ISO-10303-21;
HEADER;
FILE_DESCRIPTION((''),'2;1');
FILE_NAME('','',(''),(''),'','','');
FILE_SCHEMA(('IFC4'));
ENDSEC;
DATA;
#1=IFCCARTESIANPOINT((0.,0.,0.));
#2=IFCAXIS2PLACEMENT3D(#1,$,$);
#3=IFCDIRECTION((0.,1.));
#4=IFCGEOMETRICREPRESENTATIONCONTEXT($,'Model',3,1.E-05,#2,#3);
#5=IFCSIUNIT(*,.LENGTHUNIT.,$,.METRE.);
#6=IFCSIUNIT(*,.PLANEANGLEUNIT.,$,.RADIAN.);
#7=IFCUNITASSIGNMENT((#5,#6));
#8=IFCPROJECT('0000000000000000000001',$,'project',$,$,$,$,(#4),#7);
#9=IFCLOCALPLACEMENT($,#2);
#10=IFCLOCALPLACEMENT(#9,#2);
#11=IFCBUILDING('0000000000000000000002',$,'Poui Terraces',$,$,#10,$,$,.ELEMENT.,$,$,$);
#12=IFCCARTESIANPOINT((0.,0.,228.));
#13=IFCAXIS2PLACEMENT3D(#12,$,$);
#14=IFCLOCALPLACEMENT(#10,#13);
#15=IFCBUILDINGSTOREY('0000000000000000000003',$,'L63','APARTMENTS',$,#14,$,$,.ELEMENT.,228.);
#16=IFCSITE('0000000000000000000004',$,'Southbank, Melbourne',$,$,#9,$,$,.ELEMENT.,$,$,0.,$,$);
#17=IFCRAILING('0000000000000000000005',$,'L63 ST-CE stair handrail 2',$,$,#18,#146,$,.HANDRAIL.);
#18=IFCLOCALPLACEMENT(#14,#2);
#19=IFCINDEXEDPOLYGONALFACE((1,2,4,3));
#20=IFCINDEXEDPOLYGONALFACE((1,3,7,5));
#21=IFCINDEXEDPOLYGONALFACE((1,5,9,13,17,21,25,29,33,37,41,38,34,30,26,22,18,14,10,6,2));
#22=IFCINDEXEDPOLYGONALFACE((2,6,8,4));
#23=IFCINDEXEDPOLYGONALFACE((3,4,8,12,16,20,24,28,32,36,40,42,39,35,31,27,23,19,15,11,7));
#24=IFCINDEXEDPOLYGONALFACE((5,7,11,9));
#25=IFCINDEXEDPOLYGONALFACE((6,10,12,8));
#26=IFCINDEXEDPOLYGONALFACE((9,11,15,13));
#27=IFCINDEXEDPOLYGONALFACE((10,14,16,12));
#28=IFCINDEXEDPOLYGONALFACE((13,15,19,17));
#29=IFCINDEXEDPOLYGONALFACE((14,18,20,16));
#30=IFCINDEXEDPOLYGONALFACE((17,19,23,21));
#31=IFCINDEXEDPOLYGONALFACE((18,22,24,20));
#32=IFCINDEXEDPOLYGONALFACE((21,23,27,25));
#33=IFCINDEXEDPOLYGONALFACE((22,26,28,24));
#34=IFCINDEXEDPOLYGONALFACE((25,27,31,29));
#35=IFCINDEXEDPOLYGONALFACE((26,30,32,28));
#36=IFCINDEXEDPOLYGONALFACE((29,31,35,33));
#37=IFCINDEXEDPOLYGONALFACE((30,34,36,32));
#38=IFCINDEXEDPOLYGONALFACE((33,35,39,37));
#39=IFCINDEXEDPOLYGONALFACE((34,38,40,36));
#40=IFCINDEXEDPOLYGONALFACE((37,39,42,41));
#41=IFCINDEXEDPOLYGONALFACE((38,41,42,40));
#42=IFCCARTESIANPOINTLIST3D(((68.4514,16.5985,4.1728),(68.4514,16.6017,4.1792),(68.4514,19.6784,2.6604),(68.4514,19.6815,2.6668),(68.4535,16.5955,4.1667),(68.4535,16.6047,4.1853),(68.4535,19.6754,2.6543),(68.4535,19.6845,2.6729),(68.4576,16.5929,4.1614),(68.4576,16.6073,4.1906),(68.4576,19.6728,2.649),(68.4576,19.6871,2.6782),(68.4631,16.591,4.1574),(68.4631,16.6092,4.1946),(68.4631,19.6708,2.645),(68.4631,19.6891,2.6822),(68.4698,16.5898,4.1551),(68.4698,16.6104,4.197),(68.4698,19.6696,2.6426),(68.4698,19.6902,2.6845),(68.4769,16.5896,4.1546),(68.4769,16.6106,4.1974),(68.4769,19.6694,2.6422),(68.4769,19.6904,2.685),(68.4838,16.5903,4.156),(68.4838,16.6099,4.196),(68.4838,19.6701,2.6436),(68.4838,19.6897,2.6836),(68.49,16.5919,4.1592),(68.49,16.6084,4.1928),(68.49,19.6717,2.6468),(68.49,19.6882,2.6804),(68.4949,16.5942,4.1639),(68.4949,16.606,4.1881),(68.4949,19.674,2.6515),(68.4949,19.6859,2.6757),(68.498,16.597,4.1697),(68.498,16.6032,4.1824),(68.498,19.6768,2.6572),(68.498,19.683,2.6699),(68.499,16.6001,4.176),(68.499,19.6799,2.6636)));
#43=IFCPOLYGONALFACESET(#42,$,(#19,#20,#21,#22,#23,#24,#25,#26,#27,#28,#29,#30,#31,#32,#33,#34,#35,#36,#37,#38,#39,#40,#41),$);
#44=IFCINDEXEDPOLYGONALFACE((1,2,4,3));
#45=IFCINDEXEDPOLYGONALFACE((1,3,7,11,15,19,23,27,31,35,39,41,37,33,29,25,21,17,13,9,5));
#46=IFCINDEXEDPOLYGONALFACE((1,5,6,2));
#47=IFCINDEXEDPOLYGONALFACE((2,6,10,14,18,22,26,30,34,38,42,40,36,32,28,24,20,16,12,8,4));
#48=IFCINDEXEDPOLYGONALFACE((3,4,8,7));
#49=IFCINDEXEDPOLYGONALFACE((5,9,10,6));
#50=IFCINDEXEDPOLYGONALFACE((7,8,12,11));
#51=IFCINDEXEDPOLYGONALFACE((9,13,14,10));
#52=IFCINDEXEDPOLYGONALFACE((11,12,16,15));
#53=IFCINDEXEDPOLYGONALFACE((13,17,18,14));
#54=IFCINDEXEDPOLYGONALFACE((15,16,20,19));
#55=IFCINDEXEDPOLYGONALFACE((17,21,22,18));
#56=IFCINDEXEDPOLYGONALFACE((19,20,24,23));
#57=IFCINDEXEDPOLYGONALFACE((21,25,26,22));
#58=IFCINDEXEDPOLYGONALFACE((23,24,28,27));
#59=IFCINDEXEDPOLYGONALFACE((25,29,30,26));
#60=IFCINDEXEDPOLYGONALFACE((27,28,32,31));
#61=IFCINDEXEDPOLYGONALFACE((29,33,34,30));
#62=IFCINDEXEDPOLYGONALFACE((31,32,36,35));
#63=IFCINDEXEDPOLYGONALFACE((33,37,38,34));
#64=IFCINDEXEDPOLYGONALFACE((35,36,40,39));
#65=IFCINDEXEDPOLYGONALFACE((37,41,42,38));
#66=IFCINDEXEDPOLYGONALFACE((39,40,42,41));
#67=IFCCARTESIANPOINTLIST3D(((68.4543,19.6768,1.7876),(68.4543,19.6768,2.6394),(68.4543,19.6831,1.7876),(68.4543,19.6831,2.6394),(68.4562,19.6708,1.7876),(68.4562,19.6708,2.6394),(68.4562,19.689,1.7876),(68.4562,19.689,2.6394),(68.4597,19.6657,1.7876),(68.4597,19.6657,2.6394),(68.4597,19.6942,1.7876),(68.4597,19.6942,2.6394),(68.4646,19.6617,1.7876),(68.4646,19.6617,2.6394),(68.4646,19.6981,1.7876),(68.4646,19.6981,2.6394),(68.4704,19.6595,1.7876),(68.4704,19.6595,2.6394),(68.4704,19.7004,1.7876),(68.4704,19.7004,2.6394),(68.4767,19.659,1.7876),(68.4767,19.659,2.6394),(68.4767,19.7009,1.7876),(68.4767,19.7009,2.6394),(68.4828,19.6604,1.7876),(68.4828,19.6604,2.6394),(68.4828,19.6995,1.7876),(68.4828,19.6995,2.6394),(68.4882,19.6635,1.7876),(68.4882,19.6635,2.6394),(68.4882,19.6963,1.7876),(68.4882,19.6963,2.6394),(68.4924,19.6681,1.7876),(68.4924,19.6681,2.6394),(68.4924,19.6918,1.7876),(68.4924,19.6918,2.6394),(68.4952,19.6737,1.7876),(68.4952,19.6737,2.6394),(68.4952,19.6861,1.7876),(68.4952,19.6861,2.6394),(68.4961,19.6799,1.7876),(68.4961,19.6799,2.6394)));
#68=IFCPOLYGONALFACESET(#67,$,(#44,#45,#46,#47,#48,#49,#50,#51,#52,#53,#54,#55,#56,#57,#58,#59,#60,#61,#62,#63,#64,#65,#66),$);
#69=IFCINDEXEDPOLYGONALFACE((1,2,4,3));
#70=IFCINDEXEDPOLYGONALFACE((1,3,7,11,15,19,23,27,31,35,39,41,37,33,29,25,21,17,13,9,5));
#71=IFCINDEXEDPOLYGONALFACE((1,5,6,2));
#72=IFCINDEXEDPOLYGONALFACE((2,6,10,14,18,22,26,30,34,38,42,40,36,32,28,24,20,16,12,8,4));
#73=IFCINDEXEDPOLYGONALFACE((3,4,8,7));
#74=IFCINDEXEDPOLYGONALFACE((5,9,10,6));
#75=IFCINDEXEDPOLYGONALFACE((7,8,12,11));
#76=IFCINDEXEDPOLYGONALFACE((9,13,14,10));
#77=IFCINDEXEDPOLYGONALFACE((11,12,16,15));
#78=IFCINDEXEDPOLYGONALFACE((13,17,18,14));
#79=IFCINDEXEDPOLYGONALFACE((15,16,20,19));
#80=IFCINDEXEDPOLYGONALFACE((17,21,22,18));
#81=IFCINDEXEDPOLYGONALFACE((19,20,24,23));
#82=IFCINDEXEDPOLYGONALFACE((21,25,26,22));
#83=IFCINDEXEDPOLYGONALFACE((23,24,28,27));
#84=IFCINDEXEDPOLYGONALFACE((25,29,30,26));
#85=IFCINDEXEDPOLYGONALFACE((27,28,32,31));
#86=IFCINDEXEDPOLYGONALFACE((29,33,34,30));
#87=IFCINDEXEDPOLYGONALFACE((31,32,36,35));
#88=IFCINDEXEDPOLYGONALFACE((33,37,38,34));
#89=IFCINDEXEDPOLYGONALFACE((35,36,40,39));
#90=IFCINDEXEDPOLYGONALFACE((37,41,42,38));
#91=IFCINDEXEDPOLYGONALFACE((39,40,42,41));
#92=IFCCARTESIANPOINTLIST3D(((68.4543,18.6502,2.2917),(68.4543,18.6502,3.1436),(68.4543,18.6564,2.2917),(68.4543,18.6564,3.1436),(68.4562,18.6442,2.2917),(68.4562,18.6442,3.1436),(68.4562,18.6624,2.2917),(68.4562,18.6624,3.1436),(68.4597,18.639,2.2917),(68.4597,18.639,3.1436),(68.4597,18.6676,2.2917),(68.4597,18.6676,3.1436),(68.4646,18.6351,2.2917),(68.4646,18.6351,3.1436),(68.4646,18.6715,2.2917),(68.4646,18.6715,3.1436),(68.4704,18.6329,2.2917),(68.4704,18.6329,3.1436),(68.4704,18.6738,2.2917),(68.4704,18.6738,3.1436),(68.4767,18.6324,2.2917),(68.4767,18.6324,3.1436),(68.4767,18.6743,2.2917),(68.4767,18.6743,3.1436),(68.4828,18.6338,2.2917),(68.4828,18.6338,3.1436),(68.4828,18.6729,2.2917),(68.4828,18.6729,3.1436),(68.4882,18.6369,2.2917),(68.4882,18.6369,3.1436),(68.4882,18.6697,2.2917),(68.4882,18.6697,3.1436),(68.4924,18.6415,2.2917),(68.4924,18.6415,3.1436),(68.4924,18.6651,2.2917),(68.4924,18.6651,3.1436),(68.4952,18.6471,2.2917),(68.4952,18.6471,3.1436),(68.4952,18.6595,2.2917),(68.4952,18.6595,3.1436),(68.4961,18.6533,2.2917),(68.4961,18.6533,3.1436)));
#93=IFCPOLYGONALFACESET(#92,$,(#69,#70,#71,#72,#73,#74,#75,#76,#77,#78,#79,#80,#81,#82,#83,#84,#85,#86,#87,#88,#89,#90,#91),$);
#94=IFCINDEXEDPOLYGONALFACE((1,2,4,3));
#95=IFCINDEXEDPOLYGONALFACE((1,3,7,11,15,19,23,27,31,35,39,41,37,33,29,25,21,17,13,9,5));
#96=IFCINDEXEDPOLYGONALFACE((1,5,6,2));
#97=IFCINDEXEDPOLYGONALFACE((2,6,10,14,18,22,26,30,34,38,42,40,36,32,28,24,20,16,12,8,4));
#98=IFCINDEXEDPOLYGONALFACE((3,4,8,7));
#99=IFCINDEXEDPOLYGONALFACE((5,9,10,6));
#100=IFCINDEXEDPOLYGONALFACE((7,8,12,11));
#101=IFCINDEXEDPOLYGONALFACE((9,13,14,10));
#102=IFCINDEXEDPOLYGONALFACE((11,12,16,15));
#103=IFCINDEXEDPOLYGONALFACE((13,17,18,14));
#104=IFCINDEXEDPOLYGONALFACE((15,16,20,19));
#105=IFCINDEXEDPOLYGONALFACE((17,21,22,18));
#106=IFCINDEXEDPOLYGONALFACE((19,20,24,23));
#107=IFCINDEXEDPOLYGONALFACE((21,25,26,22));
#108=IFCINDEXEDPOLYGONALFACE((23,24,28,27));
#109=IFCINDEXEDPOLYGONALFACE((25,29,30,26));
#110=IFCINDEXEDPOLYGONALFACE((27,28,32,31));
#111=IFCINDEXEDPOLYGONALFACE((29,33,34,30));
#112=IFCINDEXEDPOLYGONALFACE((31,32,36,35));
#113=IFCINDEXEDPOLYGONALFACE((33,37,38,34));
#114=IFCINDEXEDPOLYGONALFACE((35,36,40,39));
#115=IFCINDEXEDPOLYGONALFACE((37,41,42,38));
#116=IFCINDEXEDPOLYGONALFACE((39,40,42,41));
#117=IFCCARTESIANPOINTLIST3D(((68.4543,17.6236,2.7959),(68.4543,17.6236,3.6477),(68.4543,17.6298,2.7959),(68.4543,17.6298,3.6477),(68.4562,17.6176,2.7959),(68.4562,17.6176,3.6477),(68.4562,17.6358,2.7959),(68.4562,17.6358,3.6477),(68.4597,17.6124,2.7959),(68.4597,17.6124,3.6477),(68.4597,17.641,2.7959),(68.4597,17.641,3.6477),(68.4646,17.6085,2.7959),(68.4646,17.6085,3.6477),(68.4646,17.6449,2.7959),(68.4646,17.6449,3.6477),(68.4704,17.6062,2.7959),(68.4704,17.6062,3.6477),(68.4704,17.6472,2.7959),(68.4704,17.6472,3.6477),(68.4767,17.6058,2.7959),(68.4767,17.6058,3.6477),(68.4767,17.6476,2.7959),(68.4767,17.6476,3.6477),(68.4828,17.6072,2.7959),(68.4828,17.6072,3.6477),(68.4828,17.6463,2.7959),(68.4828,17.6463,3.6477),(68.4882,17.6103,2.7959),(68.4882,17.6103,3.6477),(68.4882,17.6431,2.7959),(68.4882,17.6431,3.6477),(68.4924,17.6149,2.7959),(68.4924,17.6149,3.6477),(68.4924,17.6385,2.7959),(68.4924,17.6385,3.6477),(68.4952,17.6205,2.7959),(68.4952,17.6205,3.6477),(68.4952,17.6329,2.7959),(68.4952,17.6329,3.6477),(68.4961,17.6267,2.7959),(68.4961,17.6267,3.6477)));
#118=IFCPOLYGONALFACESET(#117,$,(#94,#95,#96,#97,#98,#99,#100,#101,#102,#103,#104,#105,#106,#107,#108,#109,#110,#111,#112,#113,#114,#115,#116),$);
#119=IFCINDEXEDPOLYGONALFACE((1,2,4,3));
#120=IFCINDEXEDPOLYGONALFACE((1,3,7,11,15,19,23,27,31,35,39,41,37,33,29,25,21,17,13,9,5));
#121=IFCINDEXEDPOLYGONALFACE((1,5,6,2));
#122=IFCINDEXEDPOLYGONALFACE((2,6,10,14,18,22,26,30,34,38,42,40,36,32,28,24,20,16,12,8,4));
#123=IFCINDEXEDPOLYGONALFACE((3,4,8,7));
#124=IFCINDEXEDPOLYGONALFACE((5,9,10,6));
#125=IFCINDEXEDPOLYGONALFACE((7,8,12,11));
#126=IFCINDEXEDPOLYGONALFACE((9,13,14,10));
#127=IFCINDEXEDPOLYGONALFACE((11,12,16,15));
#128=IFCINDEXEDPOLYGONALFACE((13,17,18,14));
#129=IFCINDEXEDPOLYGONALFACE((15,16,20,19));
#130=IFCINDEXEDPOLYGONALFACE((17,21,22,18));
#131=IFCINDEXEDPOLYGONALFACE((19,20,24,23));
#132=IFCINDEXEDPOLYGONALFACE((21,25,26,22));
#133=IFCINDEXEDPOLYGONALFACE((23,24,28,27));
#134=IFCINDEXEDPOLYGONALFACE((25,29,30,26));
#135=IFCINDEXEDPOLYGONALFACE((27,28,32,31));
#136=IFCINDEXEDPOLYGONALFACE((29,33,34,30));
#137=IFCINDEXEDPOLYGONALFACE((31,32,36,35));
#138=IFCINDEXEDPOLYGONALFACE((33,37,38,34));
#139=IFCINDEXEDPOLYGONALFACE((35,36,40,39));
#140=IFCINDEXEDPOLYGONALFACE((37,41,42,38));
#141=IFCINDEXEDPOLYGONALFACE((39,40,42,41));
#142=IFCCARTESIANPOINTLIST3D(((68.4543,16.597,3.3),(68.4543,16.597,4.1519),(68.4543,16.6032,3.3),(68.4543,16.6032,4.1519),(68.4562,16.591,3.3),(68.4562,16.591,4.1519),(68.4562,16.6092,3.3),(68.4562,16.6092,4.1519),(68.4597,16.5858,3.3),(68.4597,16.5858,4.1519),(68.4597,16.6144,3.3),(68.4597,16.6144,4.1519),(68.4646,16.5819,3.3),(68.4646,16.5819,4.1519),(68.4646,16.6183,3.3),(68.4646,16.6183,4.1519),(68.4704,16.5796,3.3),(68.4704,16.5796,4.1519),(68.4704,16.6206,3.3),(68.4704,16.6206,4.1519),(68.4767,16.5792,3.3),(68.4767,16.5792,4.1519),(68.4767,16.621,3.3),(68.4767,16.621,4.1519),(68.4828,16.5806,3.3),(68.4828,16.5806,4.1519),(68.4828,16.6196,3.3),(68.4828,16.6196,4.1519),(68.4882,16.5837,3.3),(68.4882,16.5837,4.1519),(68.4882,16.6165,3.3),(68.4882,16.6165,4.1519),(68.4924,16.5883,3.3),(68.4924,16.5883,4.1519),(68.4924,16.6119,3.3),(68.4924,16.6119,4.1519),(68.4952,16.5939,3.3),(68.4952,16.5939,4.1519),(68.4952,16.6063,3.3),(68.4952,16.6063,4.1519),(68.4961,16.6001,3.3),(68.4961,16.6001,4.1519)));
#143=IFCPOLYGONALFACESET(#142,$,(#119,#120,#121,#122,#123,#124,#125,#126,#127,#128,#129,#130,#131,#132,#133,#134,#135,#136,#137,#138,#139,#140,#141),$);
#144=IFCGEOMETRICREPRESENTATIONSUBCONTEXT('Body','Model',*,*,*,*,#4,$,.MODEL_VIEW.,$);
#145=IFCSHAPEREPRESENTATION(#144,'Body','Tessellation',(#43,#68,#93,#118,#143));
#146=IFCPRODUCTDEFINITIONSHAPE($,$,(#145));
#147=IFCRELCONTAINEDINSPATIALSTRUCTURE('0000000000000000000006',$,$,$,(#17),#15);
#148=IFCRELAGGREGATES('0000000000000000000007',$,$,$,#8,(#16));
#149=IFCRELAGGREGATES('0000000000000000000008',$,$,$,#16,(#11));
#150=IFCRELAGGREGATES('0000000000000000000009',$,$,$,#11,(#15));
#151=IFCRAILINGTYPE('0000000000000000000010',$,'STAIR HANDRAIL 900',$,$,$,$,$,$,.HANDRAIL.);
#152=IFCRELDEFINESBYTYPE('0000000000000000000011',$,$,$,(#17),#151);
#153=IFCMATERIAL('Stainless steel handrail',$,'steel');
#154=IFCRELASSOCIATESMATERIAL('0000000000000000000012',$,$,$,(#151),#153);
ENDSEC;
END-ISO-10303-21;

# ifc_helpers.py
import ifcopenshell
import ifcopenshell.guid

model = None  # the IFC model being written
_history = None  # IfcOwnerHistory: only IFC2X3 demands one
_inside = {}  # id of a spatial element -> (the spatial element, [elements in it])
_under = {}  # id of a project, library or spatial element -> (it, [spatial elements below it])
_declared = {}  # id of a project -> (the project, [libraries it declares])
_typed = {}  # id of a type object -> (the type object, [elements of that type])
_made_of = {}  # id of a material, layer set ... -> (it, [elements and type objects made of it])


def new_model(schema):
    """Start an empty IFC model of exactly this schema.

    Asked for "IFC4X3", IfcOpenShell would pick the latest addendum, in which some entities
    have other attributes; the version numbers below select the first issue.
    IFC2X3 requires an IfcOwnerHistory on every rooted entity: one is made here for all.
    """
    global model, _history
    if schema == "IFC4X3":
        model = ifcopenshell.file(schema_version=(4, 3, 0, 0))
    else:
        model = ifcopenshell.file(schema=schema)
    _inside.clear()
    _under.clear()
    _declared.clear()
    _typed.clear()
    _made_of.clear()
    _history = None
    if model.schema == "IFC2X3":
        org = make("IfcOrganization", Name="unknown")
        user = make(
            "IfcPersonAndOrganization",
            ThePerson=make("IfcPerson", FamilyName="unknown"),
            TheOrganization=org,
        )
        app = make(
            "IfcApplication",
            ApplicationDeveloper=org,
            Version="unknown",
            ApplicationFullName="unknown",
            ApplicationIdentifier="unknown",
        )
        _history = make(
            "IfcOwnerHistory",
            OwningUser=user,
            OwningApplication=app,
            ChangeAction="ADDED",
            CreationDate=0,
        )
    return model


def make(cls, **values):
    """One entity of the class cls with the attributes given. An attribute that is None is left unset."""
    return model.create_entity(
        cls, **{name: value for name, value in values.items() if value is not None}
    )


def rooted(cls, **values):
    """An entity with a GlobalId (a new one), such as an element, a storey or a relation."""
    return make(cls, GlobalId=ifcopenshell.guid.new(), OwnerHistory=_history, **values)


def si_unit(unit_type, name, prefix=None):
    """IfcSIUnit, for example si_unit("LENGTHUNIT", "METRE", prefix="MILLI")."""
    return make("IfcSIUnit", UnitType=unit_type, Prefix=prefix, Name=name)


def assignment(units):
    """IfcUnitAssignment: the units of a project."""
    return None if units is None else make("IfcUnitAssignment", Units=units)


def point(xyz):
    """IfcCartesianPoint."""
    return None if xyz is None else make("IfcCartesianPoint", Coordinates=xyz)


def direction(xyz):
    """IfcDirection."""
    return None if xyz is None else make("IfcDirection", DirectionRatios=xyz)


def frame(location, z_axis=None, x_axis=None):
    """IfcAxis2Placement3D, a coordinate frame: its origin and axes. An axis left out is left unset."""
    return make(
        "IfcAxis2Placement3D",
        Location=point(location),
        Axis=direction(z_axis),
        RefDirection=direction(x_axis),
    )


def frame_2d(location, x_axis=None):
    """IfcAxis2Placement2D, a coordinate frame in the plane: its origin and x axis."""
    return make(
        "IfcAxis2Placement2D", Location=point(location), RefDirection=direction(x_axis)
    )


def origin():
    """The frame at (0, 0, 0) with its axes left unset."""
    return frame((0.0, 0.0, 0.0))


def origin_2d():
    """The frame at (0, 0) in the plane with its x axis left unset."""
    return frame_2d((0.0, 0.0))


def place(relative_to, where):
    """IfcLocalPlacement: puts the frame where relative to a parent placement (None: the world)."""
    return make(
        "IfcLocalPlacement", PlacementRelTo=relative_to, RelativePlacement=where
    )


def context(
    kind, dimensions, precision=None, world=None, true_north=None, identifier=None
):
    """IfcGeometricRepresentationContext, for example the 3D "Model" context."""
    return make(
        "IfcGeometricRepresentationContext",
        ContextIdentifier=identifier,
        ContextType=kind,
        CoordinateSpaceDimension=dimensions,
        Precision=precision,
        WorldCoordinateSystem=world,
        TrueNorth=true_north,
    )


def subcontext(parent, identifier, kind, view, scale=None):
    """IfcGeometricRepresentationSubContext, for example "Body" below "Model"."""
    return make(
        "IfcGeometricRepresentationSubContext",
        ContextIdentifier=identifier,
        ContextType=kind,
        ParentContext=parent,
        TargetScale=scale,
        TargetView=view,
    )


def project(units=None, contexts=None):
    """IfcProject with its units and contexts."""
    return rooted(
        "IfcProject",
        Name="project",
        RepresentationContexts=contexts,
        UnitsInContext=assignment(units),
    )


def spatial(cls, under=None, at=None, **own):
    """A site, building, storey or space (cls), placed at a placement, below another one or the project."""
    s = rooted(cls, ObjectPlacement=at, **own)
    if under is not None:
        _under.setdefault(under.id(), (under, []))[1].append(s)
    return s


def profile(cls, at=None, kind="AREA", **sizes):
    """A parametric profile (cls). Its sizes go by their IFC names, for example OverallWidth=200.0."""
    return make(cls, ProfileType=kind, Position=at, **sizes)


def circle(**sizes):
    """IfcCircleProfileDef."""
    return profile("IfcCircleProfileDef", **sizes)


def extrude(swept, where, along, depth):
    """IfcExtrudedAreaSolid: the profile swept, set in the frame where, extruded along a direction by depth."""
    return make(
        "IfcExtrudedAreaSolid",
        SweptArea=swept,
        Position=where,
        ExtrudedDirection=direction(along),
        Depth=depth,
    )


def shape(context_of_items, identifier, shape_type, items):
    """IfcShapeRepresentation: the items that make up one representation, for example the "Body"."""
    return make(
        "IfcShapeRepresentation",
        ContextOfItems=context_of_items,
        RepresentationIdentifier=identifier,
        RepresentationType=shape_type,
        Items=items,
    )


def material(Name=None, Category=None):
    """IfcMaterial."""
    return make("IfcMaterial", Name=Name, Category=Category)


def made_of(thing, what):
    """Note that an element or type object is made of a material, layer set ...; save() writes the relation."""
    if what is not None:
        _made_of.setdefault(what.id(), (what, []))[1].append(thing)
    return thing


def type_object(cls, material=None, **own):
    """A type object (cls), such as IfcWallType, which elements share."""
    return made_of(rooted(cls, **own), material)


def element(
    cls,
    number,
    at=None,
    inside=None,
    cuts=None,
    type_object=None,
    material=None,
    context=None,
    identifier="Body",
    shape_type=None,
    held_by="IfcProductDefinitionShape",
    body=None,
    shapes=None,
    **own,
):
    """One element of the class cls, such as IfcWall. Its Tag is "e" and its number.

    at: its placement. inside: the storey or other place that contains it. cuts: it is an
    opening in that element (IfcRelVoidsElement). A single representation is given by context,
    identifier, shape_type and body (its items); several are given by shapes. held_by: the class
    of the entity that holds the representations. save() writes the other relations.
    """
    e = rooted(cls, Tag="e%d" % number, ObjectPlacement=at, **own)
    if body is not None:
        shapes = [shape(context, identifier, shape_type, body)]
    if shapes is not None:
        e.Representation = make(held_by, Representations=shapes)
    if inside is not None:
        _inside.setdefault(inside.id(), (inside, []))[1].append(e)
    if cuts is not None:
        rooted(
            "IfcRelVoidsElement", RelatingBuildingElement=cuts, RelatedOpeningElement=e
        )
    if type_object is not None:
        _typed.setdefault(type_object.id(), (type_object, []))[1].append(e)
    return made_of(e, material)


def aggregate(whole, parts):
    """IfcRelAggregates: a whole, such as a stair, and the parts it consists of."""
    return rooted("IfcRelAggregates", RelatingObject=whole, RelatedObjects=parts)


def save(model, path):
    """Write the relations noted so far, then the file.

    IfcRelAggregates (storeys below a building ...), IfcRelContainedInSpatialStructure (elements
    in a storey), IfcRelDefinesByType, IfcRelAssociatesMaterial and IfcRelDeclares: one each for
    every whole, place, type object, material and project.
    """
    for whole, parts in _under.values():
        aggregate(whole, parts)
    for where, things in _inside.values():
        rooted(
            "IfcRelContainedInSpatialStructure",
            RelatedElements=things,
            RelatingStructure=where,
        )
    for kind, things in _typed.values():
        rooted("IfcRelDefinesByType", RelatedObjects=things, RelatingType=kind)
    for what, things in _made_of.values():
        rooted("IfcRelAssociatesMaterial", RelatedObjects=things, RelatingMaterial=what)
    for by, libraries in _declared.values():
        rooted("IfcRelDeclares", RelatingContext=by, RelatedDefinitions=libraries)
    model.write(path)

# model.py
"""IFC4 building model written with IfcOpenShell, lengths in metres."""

from ifc_helpers import new_model, si_unit, direction, frame, origin, origin_2d, place, context, subcontext, project, spatial, circle, extrude, material, type_object, element, save


model = new_model("IFC4")

# Units and contexts
model_context = context("Model", 3, precision=1e-05, world=origin(), true_north=direction((0.0, 1.0)))
body_context = subcontext(model_context, "Body", "Model", "MODEL_VIEW")
ifc_project = project(units=[si_unit("LENGTHUNIT", "METRE"), si_unit("PLANEANGLEUNIT", "RADIAN")], contexts=[model_context])

# Site, building, storey
site_placement = place(None, origin())
site = spatial("IfcSite", under=ifc_project, at=site_placement, Name="Southbank, Melbourne", CompositionType="ELEMENT", RefElevation=0.0)
building_placement = place(site_placement, origin())
building = spatial("IfcBuilding", under=site, at=building_placement, Name="Poui Terraces", CompositionType="ELEMENT")
storey_placement = place(building_placement, frame((0.0, 0.0, 228.0)))
storey = spatial("IfcBuildingStorey", under=building, at=storey_placement, Name="L63", Description="APARTMENTS", CompositionType="ELEMENT", Elevation=228.0)

# Railing
ifc_material_1 = material(Name="Stainless steel handrail", Category="steel")
railing_type_1 = type_object("IfcRailingType", Name="STAIR HANDRAIL 900", PredefinedType="HANDRAIL", material=ifc_material_1)
for number, where, name in (
    (1, (68.4751, 19.6799, 1.7876), "L63 ST-CE stair handrail 2"),
):
    element("IfcRailing", number, at=place(storey_placement, frame(where)), inside=storey, type_object=railing_type_1, Name=name, PredefinedType="HANDRAIL", context=body_context, shape_type="SweptSolid", body=[
        extrude(circle(Radius=0.0239, at=origin_2d()), frame((0.0, 0.0, 0.876), z_axis=(0.0, -0.897606, 0.440798), x_axis=(1.0, 0.0, 0.0)), (0.0, 0.0, 1.0), 3.4312),
        extrude(circle(Radius=0.021, at=origin_2d()), origin(), (0.0, 0.0, 1.0), 0.8518),
        extrude(circle(Radius=0.021, at=origin_2d()), frame((0.0, -1.0266, 0.5042)), (0.0, 0.0, 1.0), 0.8518),
        extrude(circle(Radius=0.021, at=origin_2d()), frame((0.0, -2.0532, 1.0083)), (0.0, 0.0, 1.0), 0.8518),
        extrude(circle(Radius=0.021, at=origin_2d()), frame((0.0, -3.0798, 1.5125)), (0.0, 0.0, 1.0), 0.8518),
    ])

save(model, "model.ifc")
